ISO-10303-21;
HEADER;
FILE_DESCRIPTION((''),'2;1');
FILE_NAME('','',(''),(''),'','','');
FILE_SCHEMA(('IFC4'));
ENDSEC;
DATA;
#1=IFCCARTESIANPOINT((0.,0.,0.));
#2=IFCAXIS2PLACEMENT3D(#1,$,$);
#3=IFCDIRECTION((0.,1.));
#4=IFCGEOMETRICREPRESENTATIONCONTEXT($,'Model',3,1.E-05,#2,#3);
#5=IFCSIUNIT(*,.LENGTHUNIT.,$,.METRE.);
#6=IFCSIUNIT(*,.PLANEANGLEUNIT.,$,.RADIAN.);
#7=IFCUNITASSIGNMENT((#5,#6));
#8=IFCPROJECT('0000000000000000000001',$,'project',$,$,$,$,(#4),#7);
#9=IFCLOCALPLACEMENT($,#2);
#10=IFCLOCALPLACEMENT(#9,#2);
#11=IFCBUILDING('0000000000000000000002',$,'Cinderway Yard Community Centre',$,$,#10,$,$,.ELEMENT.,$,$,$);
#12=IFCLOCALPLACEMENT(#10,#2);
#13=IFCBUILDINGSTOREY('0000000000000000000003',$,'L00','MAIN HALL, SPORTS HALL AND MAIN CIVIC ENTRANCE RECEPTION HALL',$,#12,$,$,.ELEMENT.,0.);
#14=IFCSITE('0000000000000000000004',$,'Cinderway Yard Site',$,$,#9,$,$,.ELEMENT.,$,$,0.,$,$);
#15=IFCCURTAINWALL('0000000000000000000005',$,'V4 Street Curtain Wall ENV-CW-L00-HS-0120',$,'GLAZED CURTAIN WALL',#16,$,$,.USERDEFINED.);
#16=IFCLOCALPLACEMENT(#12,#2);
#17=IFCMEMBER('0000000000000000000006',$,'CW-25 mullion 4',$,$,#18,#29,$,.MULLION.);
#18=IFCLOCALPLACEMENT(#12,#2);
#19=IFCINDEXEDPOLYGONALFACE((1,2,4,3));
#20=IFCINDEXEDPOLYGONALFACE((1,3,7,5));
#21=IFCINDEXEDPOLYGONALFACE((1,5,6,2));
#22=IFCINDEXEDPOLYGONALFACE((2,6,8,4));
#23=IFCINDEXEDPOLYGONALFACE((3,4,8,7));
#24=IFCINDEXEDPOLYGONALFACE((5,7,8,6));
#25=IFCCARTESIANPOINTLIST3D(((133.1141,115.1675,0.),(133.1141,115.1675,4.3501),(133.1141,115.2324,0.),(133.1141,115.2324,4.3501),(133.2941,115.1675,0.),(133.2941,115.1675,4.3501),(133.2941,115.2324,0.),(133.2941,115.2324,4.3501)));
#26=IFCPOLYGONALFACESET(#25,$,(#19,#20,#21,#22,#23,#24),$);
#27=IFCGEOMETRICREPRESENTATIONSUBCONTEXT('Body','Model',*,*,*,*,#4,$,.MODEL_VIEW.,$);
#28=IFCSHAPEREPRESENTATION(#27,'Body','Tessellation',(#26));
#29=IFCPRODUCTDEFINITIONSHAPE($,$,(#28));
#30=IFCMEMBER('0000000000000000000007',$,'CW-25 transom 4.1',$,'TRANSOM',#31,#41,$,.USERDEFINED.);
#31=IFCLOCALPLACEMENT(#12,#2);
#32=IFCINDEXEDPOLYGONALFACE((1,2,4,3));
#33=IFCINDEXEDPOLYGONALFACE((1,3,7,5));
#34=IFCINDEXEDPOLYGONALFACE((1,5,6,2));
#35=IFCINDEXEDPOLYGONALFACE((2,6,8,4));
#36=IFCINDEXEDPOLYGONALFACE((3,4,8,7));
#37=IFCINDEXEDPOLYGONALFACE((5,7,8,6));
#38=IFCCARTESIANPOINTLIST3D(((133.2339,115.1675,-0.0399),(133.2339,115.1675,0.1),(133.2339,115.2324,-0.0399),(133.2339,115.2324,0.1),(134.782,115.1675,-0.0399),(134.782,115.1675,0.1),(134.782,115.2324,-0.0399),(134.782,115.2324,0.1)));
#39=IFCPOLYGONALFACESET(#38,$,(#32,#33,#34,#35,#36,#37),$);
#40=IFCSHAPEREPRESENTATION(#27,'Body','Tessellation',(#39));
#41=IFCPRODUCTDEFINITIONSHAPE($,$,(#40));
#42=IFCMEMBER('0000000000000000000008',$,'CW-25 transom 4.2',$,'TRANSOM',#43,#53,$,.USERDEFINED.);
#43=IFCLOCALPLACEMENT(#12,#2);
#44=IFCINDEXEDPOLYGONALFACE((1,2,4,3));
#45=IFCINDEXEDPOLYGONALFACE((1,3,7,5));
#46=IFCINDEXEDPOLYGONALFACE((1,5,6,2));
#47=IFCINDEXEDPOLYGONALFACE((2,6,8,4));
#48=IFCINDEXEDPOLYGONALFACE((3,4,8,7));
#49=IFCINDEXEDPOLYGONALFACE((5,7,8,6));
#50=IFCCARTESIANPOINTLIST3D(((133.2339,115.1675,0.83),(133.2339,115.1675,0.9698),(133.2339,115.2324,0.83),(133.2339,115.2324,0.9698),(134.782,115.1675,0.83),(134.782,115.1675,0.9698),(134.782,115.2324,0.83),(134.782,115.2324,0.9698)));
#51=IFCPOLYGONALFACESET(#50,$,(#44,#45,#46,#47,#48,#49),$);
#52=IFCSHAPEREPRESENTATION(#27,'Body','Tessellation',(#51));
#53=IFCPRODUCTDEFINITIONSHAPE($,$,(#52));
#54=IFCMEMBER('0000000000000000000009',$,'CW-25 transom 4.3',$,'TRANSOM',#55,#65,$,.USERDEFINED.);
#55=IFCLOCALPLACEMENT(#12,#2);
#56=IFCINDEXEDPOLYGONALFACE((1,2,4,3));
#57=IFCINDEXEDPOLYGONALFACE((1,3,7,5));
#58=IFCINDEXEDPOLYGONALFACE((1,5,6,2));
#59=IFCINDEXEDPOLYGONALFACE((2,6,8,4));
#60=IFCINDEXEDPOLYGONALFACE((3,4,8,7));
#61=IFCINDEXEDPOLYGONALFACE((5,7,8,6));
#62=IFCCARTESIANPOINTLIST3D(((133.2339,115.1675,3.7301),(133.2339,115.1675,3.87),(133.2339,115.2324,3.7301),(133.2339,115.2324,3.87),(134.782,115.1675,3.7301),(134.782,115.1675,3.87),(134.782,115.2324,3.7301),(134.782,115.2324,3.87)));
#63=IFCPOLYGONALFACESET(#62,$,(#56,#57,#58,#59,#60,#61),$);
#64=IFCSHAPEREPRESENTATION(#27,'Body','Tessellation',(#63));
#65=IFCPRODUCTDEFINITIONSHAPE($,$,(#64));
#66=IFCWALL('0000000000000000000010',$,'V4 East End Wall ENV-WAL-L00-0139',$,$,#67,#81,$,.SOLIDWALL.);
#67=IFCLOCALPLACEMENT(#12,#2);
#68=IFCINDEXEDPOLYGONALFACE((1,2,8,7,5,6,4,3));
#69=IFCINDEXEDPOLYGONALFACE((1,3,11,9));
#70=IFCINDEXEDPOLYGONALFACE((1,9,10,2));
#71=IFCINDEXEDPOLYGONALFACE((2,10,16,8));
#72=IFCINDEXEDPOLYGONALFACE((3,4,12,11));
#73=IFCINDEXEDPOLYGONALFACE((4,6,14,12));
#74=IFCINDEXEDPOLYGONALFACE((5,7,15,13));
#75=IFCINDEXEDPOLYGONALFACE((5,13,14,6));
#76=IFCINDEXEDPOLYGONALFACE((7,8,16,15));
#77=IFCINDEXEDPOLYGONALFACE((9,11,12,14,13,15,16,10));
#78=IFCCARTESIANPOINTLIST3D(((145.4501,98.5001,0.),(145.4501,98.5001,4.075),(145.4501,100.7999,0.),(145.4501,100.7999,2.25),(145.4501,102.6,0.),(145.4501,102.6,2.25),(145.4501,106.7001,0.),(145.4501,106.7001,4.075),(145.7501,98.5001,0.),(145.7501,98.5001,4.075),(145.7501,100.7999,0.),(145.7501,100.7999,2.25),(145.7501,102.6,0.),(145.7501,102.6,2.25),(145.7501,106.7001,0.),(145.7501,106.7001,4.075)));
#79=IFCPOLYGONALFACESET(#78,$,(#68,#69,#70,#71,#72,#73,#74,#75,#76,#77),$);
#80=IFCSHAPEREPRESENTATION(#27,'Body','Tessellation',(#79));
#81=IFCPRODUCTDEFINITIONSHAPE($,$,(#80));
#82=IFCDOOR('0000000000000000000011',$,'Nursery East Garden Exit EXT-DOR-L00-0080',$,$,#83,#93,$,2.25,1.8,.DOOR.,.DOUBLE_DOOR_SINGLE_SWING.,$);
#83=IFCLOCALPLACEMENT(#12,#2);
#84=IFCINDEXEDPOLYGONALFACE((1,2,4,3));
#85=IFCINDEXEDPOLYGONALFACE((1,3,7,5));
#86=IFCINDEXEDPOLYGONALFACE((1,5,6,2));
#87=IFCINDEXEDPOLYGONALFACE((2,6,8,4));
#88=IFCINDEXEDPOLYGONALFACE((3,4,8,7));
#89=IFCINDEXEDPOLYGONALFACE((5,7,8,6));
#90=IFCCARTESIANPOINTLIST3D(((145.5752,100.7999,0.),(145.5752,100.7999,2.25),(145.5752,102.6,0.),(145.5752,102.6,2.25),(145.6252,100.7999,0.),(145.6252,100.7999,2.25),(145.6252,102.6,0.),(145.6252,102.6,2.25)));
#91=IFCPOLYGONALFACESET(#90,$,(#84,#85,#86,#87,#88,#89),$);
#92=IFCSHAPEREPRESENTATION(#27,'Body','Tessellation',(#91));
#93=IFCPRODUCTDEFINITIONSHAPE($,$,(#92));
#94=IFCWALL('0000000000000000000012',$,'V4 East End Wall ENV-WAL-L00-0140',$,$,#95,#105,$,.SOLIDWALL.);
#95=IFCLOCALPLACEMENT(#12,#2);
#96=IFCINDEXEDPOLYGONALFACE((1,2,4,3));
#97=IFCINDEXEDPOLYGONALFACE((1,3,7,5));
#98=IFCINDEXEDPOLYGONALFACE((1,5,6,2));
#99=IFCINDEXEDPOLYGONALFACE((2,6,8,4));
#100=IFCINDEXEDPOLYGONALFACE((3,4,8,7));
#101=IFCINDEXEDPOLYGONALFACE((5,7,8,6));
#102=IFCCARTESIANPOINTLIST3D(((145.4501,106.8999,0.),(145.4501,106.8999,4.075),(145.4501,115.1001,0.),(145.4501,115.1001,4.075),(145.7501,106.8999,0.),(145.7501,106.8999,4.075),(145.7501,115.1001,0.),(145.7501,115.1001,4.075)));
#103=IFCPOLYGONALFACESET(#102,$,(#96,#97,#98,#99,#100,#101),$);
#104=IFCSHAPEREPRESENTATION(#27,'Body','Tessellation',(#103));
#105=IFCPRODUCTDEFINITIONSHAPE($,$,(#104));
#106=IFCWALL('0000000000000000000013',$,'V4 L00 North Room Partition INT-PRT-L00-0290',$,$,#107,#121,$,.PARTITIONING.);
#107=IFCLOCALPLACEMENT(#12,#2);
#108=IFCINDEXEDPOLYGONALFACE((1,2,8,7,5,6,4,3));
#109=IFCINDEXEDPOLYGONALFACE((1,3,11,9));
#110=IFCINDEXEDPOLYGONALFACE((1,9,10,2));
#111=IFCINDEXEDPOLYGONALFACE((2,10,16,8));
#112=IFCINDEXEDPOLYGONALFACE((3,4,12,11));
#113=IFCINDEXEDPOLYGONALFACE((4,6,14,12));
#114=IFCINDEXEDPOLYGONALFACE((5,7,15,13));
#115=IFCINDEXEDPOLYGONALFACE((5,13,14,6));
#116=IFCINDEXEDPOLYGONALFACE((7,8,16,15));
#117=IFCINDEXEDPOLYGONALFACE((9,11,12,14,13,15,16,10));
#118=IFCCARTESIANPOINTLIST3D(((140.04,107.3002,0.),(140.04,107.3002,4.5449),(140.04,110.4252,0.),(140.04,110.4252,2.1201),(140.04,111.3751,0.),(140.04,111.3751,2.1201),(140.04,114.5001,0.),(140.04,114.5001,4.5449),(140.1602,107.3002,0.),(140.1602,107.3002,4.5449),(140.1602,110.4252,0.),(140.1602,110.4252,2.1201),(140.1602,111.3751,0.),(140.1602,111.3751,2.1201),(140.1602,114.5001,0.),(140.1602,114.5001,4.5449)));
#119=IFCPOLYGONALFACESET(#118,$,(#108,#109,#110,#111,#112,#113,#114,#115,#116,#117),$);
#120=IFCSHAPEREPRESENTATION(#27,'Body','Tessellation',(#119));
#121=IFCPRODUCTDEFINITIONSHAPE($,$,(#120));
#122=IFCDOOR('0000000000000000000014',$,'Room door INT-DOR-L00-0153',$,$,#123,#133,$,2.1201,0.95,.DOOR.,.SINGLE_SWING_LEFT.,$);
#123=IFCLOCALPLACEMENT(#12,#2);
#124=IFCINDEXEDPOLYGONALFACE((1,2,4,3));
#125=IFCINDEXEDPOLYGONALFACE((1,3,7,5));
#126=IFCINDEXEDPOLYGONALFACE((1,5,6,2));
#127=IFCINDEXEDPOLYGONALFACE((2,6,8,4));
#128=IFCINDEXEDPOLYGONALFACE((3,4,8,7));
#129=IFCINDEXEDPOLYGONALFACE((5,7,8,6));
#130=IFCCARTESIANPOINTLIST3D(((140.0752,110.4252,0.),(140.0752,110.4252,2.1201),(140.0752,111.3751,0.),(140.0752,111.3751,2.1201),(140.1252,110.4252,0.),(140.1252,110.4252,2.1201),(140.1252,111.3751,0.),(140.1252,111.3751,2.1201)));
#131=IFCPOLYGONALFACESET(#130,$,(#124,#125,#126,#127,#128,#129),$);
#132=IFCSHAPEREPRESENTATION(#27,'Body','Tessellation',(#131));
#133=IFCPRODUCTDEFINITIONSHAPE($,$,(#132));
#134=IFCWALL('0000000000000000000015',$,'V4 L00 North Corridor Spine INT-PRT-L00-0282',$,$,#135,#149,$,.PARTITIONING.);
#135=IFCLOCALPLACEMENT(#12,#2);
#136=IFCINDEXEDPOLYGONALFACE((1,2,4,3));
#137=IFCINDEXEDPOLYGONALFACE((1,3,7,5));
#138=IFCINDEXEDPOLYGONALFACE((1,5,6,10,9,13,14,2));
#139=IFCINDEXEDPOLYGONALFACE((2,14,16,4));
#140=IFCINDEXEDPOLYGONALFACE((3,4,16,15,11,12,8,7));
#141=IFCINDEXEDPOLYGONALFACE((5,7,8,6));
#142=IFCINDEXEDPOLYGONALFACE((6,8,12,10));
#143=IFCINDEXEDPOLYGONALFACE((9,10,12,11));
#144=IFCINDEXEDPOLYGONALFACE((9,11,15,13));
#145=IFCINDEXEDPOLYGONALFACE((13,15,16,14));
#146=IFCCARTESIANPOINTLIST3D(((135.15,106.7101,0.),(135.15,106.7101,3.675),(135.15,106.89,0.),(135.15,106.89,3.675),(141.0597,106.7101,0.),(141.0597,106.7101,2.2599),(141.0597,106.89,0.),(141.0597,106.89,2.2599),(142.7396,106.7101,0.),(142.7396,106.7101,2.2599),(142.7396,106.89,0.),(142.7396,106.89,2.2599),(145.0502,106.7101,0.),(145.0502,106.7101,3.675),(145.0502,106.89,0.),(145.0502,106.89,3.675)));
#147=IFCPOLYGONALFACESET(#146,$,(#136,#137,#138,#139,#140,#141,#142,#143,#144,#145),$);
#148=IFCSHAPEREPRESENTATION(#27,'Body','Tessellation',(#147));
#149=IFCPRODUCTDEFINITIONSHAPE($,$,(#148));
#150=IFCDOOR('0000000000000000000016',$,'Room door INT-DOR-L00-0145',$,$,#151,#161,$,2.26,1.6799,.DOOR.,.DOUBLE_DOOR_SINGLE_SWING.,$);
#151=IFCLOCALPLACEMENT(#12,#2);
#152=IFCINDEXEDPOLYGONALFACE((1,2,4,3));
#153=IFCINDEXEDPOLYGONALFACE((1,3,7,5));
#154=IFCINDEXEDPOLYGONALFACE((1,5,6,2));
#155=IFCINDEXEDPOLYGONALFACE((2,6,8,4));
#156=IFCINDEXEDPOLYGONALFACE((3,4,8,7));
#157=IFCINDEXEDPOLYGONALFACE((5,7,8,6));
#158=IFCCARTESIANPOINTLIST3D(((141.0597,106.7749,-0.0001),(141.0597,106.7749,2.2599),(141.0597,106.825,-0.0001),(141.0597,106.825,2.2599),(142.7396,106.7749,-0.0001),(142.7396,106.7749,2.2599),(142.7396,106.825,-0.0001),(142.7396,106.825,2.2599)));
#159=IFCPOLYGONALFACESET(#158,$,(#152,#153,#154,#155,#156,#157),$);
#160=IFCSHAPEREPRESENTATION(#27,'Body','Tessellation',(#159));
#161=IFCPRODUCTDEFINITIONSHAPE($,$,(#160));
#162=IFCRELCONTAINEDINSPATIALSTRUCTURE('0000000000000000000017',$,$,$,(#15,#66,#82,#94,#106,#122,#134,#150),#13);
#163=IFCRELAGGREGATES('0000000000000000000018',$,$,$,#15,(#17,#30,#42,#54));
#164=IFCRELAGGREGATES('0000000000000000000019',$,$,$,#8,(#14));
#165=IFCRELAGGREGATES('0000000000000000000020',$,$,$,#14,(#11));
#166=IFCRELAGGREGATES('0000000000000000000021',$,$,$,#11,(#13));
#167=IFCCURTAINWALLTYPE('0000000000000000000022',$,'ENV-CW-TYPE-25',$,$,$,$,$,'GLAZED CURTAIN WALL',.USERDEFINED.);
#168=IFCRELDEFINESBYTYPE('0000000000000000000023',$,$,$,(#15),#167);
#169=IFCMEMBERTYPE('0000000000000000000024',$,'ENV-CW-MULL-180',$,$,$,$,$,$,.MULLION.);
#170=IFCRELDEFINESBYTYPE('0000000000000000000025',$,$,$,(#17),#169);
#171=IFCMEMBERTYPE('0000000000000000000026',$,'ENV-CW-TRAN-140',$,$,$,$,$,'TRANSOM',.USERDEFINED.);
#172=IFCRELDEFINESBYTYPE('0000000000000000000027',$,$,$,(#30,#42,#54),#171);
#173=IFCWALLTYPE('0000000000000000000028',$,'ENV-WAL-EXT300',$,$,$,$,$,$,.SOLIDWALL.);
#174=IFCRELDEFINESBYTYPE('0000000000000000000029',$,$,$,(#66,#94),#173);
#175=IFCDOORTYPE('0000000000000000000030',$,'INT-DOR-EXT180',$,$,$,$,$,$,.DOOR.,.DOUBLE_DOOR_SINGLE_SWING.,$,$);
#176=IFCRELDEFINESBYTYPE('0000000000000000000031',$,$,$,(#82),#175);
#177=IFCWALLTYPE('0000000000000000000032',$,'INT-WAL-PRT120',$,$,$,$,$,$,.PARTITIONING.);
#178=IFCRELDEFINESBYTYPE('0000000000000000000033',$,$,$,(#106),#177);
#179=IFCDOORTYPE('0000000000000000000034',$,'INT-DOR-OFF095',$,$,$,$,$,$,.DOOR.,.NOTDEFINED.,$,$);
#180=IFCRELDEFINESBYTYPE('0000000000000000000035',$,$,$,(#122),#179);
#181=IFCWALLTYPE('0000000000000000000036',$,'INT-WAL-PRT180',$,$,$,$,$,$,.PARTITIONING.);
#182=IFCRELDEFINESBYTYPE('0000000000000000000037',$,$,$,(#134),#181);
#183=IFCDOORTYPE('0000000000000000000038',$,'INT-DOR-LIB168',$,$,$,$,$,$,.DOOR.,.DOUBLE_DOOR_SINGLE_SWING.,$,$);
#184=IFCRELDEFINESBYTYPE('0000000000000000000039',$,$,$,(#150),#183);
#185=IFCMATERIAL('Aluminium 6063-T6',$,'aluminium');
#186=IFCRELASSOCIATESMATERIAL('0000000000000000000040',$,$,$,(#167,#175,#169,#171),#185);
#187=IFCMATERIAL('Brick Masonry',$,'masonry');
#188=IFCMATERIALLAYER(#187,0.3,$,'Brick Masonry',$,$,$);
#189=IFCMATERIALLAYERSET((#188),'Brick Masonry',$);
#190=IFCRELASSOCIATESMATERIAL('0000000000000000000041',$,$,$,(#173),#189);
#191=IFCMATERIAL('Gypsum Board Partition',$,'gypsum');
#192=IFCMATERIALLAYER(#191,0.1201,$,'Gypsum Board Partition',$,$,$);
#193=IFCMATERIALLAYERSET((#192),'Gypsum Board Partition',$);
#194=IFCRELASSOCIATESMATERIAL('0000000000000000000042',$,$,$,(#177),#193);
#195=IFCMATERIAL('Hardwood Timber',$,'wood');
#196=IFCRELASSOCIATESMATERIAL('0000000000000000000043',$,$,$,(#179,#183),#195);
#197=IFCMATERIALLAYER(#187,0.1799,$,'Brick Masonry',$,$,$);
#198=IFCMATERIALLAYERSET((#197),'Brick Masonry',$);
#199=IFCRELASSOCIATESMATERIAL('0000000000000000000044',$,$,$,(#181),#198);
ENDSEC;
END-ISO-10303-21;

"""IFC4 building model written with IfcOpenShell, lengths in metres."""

from ifc_helpers import new_model, si_unit, direction, frame, frame_2d, origin, origin_2d, place, context, subcontext, project, spatial, rectangle, extrude, material, layer, layer_set, material_profile, profile_set, type_object, element, fill, aggregate, save


model = new_model("IFC4")

# Units and contexts
model_context = context("Model", 3, precision=1e-05, world=origin(), true_north=direction((0.0, 1.0)))
body_context = subcontext(model_context, "Body", "Model", "MODEL_VIEW")
ifc_project = project(units=[si_unit("LENGTHUNIT", "METRE"), si_unit("PLANEANGLEUNIT", "RADIAN")], contexts=[model_context])

# Site, building, storey
site_placement = place(None, origin())
site = spatial("IfcSite", under=ifc_project, at=site_placement, Name="Cinderway Yard Site", CompositionType="ELEMENT", RefElevation=0.0)
building_placement = place(site_placement, origin())
building = spatial("IfcBuilding", under=site, at=building_placement, Name="Cinderway Yard Community Centre", CompositionType="ELEMENT")
storey_placement = place(building_placement, origin())
storey = spatial("IfcBuildingStorey", under=building, at=storey_placement, Name="L00", Description="MAIN HALL, SPORTS HALL AND MAIN CIVIC ENTRANCE RECEPTION HALL", CompositionType="ELEMENT", Elevation=0.0)

# Curtain wall, members
ifc_material_1 = material(Name="Aluminium 6063-T6", Category="aluminium")
curtain_wall_type = type_object("IfcCurtainWallType", Name="ENV-CW-TYPE-25", ElementType="GLAZED CURTAIN WALL", PredefinedType="USERDEFINED", material=ifc_material_1)
curtain_wall_placement = place(storey_placement, origin())
curtain_wall = element("IfcCurtainWall", 1, at=curtain_wall_placement, inside=storey, type_object=curtain_wall_type, Name="V4 Street Curtain Wall ENV-CW-L00-HS-0120", ObjectType="GLAZED CURTAIN WALL", PredefinedType="USERDEFINED")
ifc_material_profile_1 = material_profile(ifc_material_1, rectangle(XDim=0.0649, YDim=0.1799, at=origin_2d()), Name="Aluminium 6063-T6")
ifc_profile_set_1 = profile_set([ifc_material_profile_1], Name="Aluminium 6063-T6")
member_type_1 = type_object("IfcMemberType", Name="ENV-CW-MULL-180", PredefinedType="MULLION", material=ifc_profile_set_1)
member_1_placement = place(storey_placement, frame((133.2041, 115.2, 0.0), z_axis=(0.0, 0.0, 1.0), x_axis=(0.0, 1.0, 0.0)))
member_1 = element("IfcMember", 2, at=member_1_placement, type_object=member_type_1, Name="CW-25 mullion 4", PredefinedType="MULLION", context=body_context, shape_type="SweptSolid", body=[
    extrude(rectangle(XDim=0.0649, YDim=0.1799, at=origin_2d()), origin(), (0.0, 0.0, 1.0), 4.3501),
])
ifc_material_profile_2 = material_profile(ifc_material_1, rectangle(XDim=0.0649, YDim=0.1399, at=origin_2d()), Name="Aluminium 6063-T6")
ifc_profile_set_2 = profile_set([ifc_material_profile_2], Name="Aluminium 6063-T6")
member_type_2 = type_object("IfcMemberType", Name="ENV-CW-TRAN-140", ElementType="TRANSOM", PredefinedType="USERDEFINED", material=ifc_profile_set_2)
member_2_placement = place(storey_placement, frame((133.2339, 115.2, 0.03), z_axis=(1.0, 0.0, 0.0), x_axis=(0.0, 1.0, 0.0)))
member_2 = element("IfcMember", 3, at=member_2_placement, type_object=member_type_2, Name="CW-25 transom 4.1", ObjectType="TRANSOM", PredefinedType="USERDEFINED", context=body_context, shape_type="SweptSolid", body=[
    extrude(rectangle(XDim=0.0649, YDim=0.1399, at=origin_2d()), origin(), (0.0, 0.0, 1.0), 1.5481),
])
member_3_placement = place(storey_placement, frame((133.2339, 115.2, 0.8999), z_axis=(1.0, 0.0, 0.0), x_axis=(0.0, 1.0, 0.0)))
member_3 = element("IfcMember", 4, at=member_3_placement, type_object=member_type_2, Name="CW-25 transom 4.2", ObjectType="TRANSOM", PredefinedType="USERDEFINED", context=body_context, shape_type="SweptSolid", body=[
    extrude(rectangle(XDim=0.0649, YDim=0.1399, at=origin_2d()), origin(), (0.0, 0.0, 1.0), 1.5481),
])
member_4_placement = place(storey_placement, frame((133.2339, 115.2, 3.8), z_axis=(1.0, 0.0, 0.0), x_axis=(0.0, 1.0, 0.0)))
member_4 = element("IfcMember", 5, at=member_4_placement, type_object=member_type_2, Name="CW-25 transom 4.3", ObjectType="TRANSOM", PredefinedType="USERDEFINED", context=body_context, shape_type="SweptSolid", body=[
    extrude(rectangle(XDim=0.0649, YDim=0.1399, at=origin_2d()), origin(), (0.0, 0.0, 1.0), 1.5481),
])
aggregate(curtain_wall, [member_1, member_2, member_3, member_4])

# Wall, opening, door
ifc_material_2 = material(Name="Brick Masonry", Category="masonry")
ifc_layer_1 = layer(ifc_material_2, 0.3, Name="Brick Masonry")
ifc_layer_set_1 = layer_set([ifc_layer_1], Name="Brick Masonry")
wall_type_1 = type_object("IfcWallType", Name="ENV-WAL-EXT300", PredefinedType="SOLIDWALL", material=ifc_layer_set_1)
wall_1_placement = place(storey_placement, frame((145.6001, 98.5, 0.0), z_axis=(0.0, 0.0, 1.0), x_axis=(0.0, 1.0, 0.0)))
wall_1 = element("IfcWall", 6, at=wall_1_placement, inside=storey, type_object=wall_type_1, Name="V4 East End Wall ENV-WAL-L00-0139", PredefinedType="SOLIDWALL", context=body_context, shape_type="SweptSolid", body=[
    extrude(rectangle(XDim=8.2, YDim=0.3, at=frame_2d((4.1001, 0.0))), origin(), (0.0, 0.0, 1.0), 4.075),
])
opening_1_placement = place(wall_1_placement, frame((2.3, 0.0, 0.0)))
opening_1 = element("IfcOpeningElement", 7, at=opening_1_placement, cuts=wall_1, PredefinedType="OPENING", context=body_context, shape_type="SweptSolid", body=[
    extrude(rectangle(XDim=1.8, YDim=2.25, at=frame_2d((0.8999, 1.125))), frame((0.0, 0.1599, 0.0), z_axis=(0.0, -1.0, 0.0), x_axis=(1.0, 0.0, 0.0)), (0.0, 0.0, 1.0), 0.3201),
])
door_type_1 = type_object("IfcDoorType", Name="INT-DOR-EXT180", OperationType="DOUBLE_DOOR_SINGLE_SWING", PredefinedType="DOOR", material=ifc_material_1)
door_1_placement = place(opening_1_placement, origin())
door_1 = element("IfcDoor", 8, at=door_1_placement, inside=storey, type_object=door_type_1, Name="Nursery East Garden Exit EXT-DOR-L00-0080", OperationType="DOUBLE_DOOR_SINGLE_SWING", OverallHeight=2.25, OverallWidth=1.8, PredefinedType="DOOR", context=body_context, shape_type="SweptSolid", body=[
    extrude(rectangle(XDim=1.8, YDim=2.25, at=frame_2d((0.8999, 1.125))), frame((0.0, 0.0249, 0.0), z_axis=(0.0, -1.0, 0.0), x_axis=(1.0, 0.0, 0.0)), (0.0, 0.0, 1.0), 0.05),
])
fill(opening_1, door_1)

# Wall
wall_2_placement = place(storey_placement, frame((145.6001, 106.8999, 0.0), z_axis=(0.0, 0.0, 1.0), x_axis=(0.0, 1.0, 0.0)))
element("IfcWall", 9, at=wall_2_placement, inside=storey, type_object=wall_type_1, Name="V4 East End Wall ENV-WAL-L00-0140", PredefinedType="SOLIDWALL", context=body_context, shape_type="SweptSolid", body=[
    extrude(rectangle(XDim=8.2002, YDim=0.3, at=frame_2d((4.1001, 0.0))), origin(), (0.0, 0.0, 1.0), 4.075),
])

# Walls, openings, doors
ifc_material_3 = material(Name="Gypsum Board Partition", Category="gypsum")
ifc_layer_2 = layer(ifc_material_3, 0.1201, Name="Gypsum Board Partition")
ifc_layer_set_2 = layer_set([ifc_layer_2], Name="Gypsum Board Partition")
wall_type_2 = type_object("IfcWallType", Name="INT-WAL-PRT120", PredefinedType="PARTITIONING", material=ifc_layer_set_2)
wall_3_placement = place(storey_placement, frame((140.1001, 107.3, 0.0), z_axis=(0.0, 0.0, 1.0), x_axis=(0.0, 1.0, 0.0)))
wall_3 = element("IfcWall", 10, at=wall_3_placement, inside=storey, type_object=wall_type_2, Name="V4 L00 North Room Partition INT-PRT-L00-0290", PredefinedType="PARTITIONING", context=body_context, shape_type="SweptSolid", body=[
    extrude(rectangle(XDim=7.2, YDim=0.1201, at=frame_2d((3.6001, 0.0))), origin(), (0.0, 0.0, 1.0), 4.5449),
])
opening_2_placement = place(wall_3_placement, frame((3.125, 0.0, 0.0)))
opening_2 = element("IfcOpeningElement", 11, at=opening_2_placement, cuts=wall_3, PredefinedType="OPENING", context=body_context, shape_type="SweptSolid", body=[
    extrude(rectangle(XDim=0.95, YDim=2.1201, at=frame_2d((0.4751, 1.0601))), frame((0.0, 0.0701, 0.0), z_axis=(0.0, -1.0, 0.0), x_axis=(1.0, 0.0, 0.0)), (0.0, 0.0, 1.0), 0.1401),
])
ifc_material_4 = material(Name="Hardwood Timber", Category="wood")
door_type_2 = type_object("IfcDoorType", Name="INT-DOR-OFF095", OperationType="NOTDEFINED", PredefinedType="DOOR", material=ifc_material_4)
door_2_placement = place(opening_2_placement, origin())
door_2 = element("IfcDoor", 12, at=door_2_placement, inside=storey, type_object=door_type_2, Name="Room door INT-DOR-L00-0153", OperationType="SINGLE_SWING_LEFT", OverallHeight=2.1201, OverallWidth=0.95, PredefinedType="DOOR", context=body_context, shape_type="SweptSolid", body=[
    extrude(rectangle(XDim=0.95, YDim=2.1201, at=frame_2d((0.4751, 1.0601))), frame((0.0, 0.0249, 0.0), z_axis=(0.0, -1.0, 0.0), x_axis=(1.0, 0.0, 0.0)), (0.0, 0.0, 1.0), 0.05),
])
fill(opening_2, door_2)
ifc_layer_3 = layer(ifc_material_2, 0.1799, Name="Brick Masonry")
ifc_layer_set_3 = layer_set([ifc_layer_3], Name="Brick Masonry")
wall_type_3 = type_object("IfcWallType", Name="INT-WAL-PRT180", PredefinedType="PARTITIONING", material=ifc_layer_set_3)
wall_4_placement = place(storey_placement, frame((135.1499, 106.8, 0.0), z_axis=(0.0, 0.0, 1.0), x_axis=(1.0, 0.0, 0.0)))
wall_4 = element("IfcWall", 13, at=wall_4_placement, inside=storey, type_object=wall_type_3, Name="V4 L00 North Corridor Spine INT-PRT-L00-0282", PredefinedType="PARTITIONING", context=body_context, shape_type="SweptSolid", body=[
    extrude(rectangle(XDim=9.9001, YDim=0.1799, at=frame_2d((4.9502, 0.0))), origin(), (0.0, 0.0, 1.0), 3.675),
])
opening_3_placement = place(wall_4_placement, frame((5.9099, 0.0, 0.0)))
opening_3 = element("IfcOpeningElement", 14, at=opening_3_placement, cuts=wall_4, PredefinedType="OPENING", context=body_context, shape_type="SweptSolid", body=[
    extrude(rectangle(XDim=1.6799, YDim=2.26, at=frame_2d((0.8398, 1.1299))), frame((0.0, 0.0999, 0.0), z_axis=(0.0, -1.0, 0.0), x_axis=(1.0, 0.0, 0.0)), (0.0, 0.0, 1.0), 0.2),
])
door_type_3 = type_object("IfcDoorType", Name="INT-DOR-LIB168", OperationType="DOUBLE_DOOR_SINGLE_SWING", PredefinedType="DOOR", material=ifc_material_4)
door_3_placement = place(opening_3_placement, origin())
door_3 = element("IfcDoor", 15, at=door_3_placement, inside=storey, type_object=door_type_3, Name="Room door INT-DOR-L00-0145", OperationType="DOUBLE_DOOR_SINGLE_SWING", OverallHeight=2.26, OverallWidth=1.6799, PredefinedType="DOOR", context=body_context, shape_type="SweptSolid", body=[
    extrude(rectangle(XDim=1.6799, YDim=2.26, at=frame_2d((0.8398, 1.1299))), frame((0.0, 0.0249, 0.0), z_axis=(0.0, -1.0, 0.0), x_axis=(1.0, 0.0, 0.0)), (0.0, 0.0, 1.0), 0.05),
])
fill(opening_3, door_3)

save(model, "model.ifc")
